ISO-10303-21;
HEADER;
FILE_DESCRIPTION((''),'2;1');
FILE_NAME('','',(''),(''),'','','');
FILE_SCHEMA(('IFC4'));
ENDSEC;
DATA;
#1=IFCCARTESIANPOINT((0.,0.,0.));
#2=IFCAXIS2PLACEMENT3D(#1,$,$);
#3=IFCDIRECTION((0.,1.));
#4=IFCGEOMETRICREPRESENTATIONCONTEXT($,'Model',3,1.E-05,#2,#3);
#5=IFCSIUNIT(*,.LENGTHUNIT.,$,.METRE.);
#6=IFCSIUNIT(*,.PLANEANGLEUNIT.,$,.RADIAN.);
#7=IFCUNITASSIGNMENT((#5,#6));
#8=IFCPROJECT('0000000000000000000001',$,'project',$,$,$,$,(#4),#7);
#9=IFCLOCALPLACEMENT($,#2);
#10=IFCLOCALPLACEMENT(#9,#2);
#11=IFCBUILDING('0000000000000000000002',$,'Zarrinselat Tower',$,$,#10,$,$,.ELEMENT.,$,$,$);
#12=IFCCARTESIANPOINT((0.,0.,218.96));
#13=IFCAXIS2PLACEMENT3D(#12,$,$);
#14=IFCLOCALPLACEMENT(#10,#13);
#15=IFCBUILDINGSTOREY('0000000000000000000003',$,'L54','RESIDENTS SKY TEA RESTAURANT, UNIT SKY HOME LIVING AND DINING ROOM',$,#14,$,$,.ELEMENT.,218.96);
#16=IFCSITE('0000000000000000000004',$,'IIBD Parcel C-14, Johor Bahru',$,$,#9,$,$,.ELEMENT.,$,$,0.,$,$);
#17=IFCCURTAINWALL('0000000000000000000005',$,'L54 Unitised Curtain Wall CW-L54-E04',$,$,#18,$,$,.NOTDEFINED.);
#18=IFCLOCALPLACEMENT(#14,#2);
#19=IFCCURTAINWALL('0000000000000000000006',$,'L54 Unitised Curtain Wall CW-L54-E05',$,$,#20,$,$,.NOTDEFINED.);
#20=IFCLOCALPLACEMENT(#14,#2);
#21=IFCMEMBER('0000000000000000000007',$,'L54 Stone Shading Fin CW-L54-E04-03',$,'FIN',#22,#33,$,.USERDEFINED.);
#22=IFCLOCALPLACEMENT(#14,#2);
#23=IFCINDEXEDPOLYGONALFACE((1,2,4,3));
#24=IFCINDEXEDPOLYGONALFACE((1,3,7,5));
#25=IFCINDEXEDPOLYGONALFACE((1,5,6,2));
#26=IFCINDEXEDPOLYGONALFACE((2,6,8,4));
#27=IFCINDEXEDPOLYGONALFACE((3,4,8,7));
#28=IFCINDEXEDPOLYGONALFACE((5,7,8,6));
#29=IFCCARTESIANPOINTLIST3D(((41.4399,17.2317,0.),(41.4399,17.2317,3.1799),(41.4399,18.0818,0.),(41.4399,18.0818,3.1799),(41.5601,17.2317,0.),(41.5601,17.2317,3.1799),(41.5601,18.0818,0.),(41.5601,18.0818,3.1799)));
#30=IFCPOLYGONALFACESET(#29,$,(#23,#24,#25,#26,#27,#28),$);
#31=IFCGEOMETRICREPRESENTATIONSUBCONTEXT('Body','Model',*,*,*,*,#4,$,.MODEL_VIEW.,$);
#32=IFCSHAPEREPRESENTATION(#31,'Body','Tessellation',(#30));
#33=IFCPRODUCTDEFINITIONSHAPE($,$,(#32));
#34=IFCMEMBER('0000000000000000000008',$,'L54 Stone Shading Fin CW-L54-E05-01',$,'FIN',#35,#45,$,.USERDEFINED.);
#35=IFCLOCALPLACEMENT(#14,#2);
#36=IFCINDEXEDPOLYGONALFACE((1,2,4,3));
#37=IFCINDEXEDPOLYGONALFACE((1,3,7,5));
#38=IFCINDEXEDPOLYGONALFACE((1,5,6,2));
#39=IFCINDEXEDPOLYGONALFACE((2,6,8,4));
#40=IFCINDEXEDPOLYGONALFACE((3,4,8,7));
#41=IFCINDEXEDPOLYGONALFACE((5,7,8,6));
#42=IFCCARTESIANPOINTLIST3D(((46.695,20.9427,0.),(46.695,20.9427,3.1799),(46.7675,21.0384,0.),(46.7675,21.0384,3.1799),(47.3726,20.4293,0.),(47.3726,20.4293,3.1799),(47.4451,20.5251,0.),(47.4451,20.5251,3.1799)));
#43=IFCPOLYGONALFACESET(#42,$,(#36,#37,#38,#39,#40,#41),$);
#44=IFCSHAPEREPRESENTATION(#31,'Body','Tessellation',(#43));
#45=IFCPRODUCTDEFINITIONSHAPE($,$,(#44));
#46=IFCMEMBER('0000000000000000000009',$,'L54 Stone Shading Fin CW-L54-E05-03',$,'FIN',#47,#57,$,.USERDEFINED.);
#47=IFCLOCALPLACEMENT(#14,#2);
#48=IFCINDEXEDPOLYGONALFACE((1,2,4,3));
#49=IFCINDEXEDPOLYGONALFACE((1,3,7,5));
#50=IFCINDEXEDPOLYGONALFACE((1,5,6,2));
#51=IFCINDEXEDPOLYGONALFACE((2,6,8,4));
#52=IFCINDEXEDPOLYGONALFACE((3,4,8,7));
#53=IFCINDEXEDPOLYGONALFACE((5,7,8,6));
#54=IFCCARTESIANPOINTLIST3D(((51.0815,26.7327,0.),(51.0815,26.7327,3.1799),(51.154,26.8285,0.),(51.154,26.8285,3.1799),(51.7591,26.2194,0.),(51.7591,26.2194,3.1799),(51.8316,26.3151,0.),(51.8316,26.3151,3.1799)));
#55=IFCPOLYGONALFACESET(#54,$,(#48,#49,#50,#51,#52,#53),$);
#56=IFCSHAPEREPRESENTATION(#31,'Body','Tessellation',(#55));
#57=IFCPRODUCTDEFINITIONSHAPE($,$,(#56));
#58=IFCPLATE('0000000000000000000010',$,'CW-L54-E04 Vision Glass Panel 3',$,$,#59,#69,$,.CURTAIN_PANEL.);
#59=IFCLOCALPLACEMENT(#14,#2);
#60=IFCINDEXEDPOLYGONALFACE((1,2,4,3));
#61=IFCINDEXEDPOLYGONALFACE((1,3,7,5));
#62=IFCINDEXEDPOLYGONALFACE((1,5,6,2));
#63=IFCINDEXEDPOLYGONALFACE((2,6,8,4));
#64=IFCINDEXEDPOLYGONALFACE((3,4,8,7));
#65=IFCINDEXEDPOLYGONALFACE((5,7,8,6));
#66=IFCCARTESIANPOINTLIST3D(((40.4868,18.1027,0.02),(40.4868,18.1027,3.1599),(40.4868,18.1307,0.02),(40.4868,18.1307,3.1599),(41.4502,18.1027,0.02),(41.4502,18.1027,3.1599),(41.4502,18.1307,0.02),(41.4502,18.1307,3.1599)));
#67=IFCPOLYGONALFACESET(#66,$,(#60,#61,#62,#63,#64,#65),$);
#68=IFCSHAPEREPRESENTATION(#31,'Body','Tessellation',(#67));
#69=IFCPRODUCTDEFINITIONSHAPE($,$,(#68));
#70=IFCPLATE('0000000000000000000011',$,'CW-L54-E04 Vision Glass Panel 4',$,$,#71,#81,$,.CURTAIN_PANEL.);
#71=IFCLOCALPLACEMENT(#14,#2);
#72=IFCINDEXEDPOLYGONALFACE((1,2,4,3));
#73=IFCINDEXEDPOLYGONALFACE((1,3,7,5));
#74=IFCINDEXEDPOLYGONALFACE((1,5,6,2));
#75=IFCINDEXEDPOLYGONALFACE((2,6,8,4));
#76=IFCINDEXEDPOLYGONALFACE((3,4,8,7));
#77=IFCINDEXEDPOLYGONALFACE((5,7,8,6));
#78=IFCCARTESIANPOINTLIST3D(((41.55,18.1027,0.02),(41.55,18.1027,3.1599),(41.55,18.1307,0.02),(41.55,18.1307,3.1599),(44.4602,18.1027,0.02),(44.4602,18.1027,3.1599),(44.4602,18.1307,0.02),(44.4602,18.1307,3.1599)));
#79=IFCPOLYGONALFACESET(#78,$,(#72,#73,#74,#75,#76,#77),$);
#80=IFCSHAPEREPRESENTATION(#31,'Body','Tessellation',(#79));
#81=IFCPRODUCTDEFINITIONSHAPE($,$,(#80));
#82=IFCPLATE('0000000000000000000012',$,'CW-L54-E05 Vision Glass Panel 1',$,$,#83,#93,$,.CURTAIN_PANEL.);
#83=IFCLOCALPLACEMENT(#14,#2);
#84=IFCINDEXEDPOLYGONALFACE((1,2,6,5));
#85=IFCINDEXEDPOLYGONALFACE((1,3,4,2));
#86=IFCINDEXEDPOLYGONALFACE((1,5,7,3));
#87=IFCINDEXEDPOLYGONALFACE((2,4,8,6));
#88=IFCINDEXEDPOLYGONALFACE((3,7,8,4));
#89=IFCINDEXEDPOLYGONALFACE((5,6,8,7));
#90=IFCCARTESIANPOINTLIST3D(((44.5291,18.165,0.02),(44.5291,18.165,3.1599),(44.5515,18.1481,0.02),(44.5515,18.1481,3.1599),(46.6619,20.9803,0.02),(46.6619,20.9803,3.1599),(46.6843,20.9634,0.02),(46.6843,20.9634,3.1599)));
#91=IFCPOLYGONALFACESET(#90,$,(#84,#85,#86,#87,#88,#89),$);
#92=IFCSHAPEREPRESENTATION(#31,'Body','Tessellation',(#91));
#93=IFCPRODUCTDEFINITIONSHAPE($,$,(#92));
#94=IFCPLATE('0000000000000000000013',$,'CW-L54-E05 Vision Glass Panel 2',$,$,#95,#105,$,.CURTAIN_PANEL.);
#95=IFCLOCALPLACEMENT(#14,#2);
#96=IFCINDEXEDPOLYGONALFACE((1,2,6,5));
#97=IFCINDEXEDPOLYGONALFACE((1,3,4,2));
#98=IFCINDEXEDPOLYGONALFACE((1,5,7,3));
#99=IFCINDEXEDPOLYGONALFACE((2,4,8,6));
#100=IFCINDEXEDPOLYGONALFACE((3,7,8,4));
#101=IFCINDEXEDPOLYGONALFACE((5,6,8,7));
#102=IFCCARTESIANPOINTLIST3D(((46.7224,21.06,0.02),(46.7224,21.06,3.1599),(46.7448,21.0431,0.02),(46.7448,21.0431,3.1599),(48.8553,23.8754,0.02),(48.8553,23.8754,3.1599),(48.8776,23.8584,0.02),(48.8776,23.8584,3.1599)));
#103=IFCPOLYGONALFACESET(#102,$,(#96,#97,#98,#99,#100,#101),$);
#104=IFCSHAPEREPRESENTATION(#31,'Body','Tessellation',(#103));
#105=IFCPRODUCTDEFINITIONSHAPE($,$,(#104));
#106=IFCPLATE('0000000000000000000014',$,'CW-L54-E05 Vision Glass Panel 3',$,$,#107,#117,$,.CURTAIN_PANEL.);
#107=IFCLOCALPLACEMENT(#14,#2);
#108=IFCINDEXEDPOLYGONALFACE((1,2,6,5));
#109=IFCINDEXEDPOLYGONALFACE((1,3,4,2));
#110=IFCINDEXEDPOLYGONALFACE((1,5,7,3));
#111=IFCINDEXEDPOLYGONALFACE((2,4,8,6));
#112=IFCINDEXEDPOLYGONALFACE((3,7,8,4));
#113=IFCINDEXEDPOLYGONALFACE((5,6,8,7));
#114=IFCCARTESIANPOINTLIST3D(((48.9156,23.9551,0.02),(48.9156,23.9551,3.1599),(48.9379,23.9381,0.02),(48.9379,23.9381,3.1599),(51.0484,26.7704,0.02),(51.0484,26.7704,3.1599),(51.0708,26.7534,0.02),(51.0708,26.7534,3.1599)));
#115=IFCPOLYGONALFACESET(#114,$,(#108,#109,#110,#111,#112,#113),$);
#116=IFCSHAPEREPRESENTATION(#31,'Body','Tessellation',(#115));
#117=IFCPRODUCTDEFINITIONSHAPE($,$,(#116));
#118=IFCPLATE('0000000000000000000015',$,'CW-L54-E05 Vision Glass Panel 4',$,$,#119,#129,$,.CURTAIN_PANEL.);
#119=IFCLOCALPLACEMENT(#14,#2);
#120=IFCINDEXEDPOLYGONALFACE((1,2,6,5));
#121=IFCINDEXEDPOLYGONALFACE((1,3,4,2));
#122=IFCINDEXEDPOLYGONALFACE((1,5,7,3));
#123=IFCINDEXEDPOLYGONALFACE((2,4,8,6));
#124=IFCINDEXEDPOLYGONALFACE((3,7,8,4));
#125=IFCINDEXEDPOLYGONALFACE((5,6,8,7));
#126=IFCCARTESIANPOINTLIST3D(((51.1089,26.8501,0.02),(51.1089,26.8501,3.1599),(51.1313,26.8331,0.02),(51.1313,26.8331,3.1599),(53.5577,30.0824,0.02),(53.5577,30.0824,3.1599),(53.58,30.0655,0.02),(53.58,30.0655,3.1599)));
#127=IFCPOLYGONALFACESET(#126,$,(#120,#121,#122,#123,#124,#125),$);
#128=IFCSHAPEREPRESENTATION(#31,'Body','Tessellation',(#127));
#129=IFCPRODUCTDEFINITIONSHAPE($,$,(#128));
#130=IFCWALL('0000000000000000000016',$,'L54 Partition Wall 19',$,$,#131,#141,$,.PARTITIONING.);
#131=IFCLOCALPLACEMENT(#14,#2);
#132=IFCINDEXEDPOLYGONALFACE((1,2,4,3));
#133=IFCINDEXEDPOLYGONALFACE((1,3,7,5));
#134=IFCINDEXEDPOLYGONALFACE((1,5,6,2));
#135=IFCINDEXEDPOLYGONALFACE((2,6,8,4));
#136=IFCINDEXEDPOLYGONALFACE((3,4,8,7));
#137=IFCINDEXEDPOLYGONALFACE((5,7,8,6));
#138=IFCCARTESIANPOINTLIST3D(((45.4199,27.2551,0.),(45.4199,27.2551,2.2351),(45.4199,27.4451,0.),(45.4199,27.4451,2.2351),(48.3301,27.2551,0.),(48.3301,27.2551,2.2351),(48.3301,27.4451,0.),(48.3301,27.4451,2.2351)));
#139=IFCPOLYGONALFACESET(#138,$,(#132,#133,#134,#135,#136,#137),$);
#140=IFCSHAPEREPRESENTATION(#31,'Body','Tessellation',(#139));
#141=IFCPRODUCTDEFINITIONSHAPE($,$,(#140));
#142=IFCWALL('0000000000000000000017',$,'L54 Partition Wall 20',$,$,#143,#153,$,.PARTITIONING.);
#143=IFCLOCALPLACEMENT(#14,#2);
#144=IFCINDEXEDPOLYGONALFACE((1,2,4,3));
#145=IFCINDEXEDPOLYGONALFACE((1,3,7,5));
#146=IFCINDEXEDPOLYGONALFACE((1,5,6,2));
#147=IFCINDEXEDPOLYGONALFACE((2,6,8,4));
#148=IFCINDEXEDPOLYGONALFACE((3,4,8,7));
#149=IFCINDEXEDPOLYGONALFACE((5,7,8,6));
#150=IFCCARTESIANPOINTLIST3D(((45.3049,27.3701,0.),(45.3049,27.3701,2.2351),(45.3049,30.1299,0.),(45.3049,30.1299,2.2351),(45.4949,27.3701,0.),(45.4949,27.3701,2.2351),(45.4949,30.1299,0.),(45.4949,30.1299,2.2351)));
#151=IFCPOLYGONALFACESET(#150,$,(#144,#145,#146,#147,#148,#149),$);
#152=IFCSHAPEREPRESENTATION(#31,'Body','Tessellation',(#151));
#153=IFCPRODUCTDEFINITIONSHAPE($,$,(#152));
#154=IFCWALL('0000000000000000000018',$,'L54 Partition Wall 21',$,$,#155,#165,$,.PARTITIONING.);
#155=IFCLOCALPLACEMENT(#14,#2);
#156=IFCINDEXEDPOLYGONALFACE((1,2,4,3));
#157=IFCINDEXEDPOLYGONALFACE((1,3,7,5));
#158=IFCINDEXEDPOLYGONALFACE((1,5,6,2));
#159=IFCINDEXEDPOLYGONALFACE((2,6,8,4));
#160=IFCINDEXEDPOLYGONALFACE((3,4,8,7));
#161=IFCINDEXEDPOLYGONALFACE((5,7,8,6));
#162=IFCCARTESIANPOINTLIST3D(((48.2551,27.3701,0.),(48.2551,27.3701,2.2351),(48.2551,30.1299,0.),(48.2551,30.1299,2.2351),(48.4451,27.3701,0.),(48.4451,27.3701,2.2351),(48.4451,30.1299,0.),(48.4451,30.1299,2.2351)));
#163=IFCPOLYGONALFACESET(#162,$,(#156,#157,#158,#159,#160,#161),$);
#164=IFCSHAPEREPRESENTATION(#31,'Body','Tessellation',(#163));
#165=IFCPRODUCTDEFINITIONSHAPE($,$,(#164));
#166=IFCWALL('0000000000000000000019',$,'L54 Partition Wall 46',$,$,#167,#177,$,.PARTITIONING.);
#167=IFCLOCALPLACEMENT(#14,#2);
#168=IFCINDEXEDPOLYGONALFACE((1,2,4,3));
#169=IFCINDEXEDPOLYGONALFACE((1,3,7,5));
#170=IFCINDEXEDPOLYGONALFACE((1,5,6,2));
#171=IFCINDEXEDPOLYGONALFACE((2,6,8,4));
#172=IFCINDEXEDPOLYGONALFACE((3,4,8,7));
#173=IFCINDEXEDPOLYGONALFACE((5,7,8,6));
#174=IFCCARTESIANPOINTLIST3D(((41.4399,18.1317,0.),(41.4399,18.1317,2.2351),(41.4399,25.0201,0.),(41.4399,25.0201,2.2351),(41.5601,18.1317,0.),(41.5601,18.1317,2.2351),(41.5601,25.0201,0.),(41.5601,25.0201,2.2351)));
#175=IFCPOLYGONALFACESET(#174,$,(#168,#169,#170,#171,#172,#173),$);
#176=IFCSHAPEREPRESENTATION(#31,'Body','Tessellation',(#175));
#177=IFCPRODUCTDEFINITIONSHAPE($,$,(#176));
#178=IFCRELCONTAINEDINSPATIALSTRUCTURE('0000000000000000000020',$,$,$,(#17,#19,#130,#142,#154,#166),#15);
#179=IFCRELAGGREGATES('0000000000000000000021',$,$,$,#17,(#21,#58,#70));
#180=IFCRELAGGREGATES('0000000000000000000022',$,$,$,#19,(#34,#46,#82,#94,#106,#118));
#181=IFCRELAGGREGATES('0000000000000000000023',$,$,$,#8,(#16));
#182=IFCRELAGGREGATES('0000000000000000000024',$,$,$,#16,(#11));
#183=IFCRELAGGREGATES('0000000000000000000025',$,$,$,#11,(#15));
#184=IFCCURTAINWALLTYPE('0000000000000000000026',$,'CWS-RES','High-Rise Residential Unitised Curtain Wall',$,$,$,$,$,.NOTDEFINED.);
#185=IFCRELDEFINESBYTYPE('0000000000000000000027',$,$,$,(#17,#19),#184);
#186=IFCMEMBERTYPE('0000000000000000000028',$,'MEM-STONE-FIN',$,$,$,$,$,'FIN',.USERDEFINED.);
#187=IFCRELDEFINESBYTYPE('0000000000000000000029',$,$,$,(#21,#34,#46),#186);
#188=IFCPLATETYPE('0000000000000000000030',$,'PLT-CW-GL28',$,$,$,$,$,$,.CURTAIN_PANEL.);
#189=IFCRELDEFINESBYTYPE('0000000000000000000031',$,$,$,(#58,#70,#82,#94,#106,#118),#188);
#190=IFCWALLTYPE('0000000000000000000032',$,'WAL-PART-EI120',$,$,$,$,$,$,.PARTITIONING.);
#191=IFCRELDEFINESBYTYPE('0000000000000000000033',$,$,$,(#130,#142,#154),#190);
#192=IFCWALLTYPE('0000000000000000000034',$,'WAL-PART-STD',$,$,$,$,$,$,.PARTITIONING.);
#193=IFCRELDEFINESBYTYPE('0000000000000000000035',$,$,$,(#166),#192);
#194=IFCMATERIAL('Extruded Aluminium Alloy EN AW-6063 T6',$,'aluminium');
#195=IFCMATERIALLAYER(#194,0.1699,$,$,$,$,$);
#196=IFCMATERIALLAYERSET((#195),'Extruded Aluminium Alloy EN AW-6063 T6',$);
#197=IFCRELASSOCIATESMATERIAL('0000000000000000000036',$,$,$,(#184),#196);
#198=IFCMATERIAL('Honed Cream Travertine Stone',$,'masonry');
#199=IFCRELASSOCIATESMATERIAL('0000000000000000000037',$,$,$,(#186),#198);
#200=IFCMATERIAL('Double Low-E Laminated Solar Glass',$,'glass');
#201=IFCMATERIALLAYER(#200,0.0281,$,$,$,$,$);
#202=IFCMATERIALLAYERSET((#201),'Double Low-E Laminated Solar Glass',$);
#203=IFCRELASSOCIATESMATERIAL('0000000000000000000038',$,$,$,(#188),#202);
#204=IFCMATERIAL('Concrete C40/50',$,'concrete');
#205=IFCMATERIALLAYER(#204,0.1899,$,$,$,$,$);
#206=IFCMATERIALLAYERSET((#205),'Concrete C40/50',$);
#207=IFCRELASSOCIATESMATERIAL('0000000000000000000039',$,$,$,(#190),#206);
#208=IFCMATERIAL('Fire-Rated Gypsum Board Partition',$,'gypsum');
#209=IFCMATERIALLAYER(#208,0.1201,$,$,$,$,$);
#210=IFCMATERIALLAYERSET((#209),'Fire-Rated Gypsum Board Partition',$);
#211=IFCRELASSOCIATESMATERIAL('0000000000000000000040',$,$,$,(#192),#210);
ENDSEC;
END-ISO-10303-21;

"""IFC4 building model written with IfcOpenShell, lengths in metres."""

from ifc_helpers import new_model, si_unit, direction, frame, frame_2d, origin, origin_2d, place, context, subcontext, project, spatial, rectangle, extrude, material, layer, layer_set, material_profile, profile_set, type_object, element, aggregate, save


model = new_model("IFC4")

# Units and contexts
model_context = context("Model", 3, precision=1e-05, world=origin(), true_north=direction((0.0, 1.0)))
body_context = subcontext(model_context, "Body", "Model", "MODEL_VIEW")
ifc_project = project(units=[si_unit("LENGTHUNIT", "METRE"), si_unit("PLANEANGLEUNIT", "RADIAN")], contexts=[model_context])

# Site, building, storey
site_placement = place(None, origin())
site = spatial("IfcSite", under=ifc_project, at=site_placement, Name="IIBD Parcel C-14, Johor Bahru", CompositionType="ELEMENT", RefElevation=0.0)
building_placement = place(site_placement, origin())
building = spatial("IfcBuilding", under=site, at=building_placement, Name="Zarrinselat Tower", CompositionType="ELEMENT")
storey_placement = place(building_placement, frame((0.0, 0.0, 218.96)))
storey = spatial("IfcBuildingStorey", under=building, at=storey_placement, Name="L54", Description="RESIDENTS SKY TEA RESTAURANT, UNIT SKY HOME LIVING AND DINING ROOM", CompositionType="ELEMENT", Elevation=218.96)

# Curtain walls
ifc_material_1 = material(Name="Extruded Aluminium Alloy EN AW-6063 T6", Category="aluminium")
ifc_layer_1 = layer(ifc_material_1, 0.1699)
ifc_layer_set_1 = layer_set([ifc_layer_1], Name="Extruded Aluminium Alloy EN AW-6063 T6")
curtain_wall_type = type_object("IfcCurtainWallType", Name="CWS-RES", Description="High-Rise Residential Unitised Curtain Wall", PredefinedType="NOTDEFINED", material=ifc_layer_set_1)
curtain_wall_1_placement = place(storey_placement, origin())
curtain_wall_1 = element("IfcCurtainWall", 1, at=curtain_wall_1_placement, inside=storey, type_object=curtain_wall_type, Name="L54 Unitised Curtain Wall CW-L54-E04", PredefinedType="NOTDEFINED")
curtain_wall_2_placement = place(storey_placement, origin())
curtain_wall_2 = element("IfcCurtainWall", 2, at=curtain_wall_2_placement, inside=storey, type_object=curtain_wall_type, Name="L54 Unitised Curtain Wall CW-L54-E05", PredefinedType="NOTDEFINED")

# Members
ifc_material_2 = material(Name="Honed Cream Travertine Stone", Category="masonry")
ifc_material_profile_1 = material_profile(ifc_material_2, rectangle(XDim=0.1201, YDim=0.8501, at=origin_2d()), Name="FIN 850x120")
ifc_profile_set_1 = profile_set([ifc_material_profile_1], Name="Honed Cream Travertine Stone")
member_type_1 = type_object("IfcMemberType", Name="MEM-STONE-FIN", ElementType="FIN", PredefinedType="USERDEFINED", material=ifc_profile_set_1)
member_1_placement = place(storey_placement, frame((41.5, 17.6567, 0.0), z_axis=(0.0, 0.0, 1.0), x_axis=(-1.0, 0.0, 0.0)))
member_1 = element("IfcMember", 3, at=member_1_placement, type_object=member_type_1, Name="L54 Stone Shading Fin CW-L54-E04-03", ObjectType="FIN", PredefinedType="USERDEFINED", context=body_context, shape_type="SweptSolid", body=[
    extrude(rectangle(XDim=0.1201, YDim=0.8501, at=origin_2d()), origin(), (0.0, 0.0, 1.0), 3.1799),
])
member_2_placement = place(storey_placement, frame((47.0701, 20.7339, 0.0), z_axis=(0.0, 0.0, 1.0), x_axis=(-0.603859, -0.797091, 0.0)))
member_2 = element("IfcMember", 4, at=member_2_placement, type_object=member_type_1, Name="L54 Stone Shading Fin CW-L54-E05-01", ObjectType="FIN", PredefinedType="USERDEFINED", context=body_context, shape_type="SweptSolid", body=[
    extrude(rectangle(XDim=0.1201, YDim=0.8501, at=origin_2d()), origin(), (0.0, 0.0, 1.0), 3.1799),
])
member_3_placement = place(storey_placement, frame((51.4565, 26.5239, 0.0), z_axis=(0.0, 0.0, 1.0), x_axis=(-0.603859, -0.797091, 0.0)))
member_3 = element("IfcMember", 5, at=member_3_placement, type_object=member_type_1, Name="L54 Stone Shading Fin CW-L54-E05-03", ObjectType="FIN", PredefinedType="USERDEFINED", context=body_context, shape_type="SweptSolid", body=[
    extrude(rectangle(XDim=0.1201, YDim=0.8501, at=origin_2d()), origin(), (0.0, 0.0, 1.0), 3.1799),
])

# Plates
ifc_material_3 = material(Name="Double Low-E Laminated Solar Glass", Category="glass")
ifc_layer_2 = layer(ifc_material_3, 0.0281)
ifc_layer_set_2 = layer_set([ifc_layer_2], Name="Double Low-E Laminated Solar Glass")
plate_type = type_object("IfcPlateType", Name="PLT-CW-GL28", PredefinedType="CURTAIN_PANEL", material=ifc_layer_set_2)
plate_1_placement = place(storey_placement, frame((40.9685, 18.1167, 0.02), z_axis=(0.0, 0.0, 1.0), x_axis=(1.0, 0.0, 0.0)))
plate_1 = element("IfcPlate", 6, at=plate_1_placement, type_object=plate_type, Name="CW-L54-E04 Vision Glass Panel 3", PredefinedType="CURTAIN_PANEL", context=body_context, shape_type="SweptSolid", body=[
    extrude(rectangle(XDim=0.9634, YDim=0.0281, at=origin_2d()), origin(), (0.0, 0.0, 1.0), 3.1399),
])
plate_2_placement = place(storey_placement, frame((43.0051, 18.1167, 0.02), z_axis=(0.0, 0.0, 1.0), x_axis=(1.0, 0.0, 0.0)))
plate_2 = element("IfcPlate", 7, at=plate_2_placement, type_object=plate_type, Name="CW-L54-E04 Vision Glass Panel 4", PredefinedType="CURTAIN_PANEL", context=body_context, shape_type="SweptSolid", body=[
    extrude(rectangle(XDim=2.9102, YDim=0.0281, at=origin_2d()), origin(), (0.0, 0.0, 1.0), 3.1399),
])
aggregate(curtain_wall_1, [member_1, plate_1, plate_2])
plate_3_placement = place(storey_placement, frame((45.6067, 19.5642, 0.02), z_axis=(0.0, 0.0, 1.0), x_axis=(0.603859, 0.797091, 0.0)))
plate_3 = element("IfcPlate", 8, at=plate_3_placement, type_object=plate_type, Name="CW-L54-E05 Vision Glass Panel 1", PredefinedType="CURTAIN_PANEL", context=body_context, shape_type="SweptSolid", body=[
    extrude(rectangle(XDim=3.532, YDim=0.0281, at=origin_2d()), origin(), (0.0, 0.0, 1.0), 3.1399),
])
plate_4_placement = place(storey_placement, frame((47.8, 22.4592, 0.02), z_axis=(0.0, 0.0, 1.0), x_axis=(0.603859, 0.797091, 0.0)))
plate_4 = element("IfcPlate", 9, at=plate_4_placement, type_object=plate_type, Name="CW-L54-E05 Vision Glass Panel 2", PredefinedType="CURTAIN_PANEL", context=body_context, shape_type="SweptSolid", body=[
    extrude(rectangle(XDim=3.532, YDim=0.0281, at=origin_2d()), origin(), (0.0, 0.0, 1.0), 3.1399),
])
plate_5_placement = place(storey_placement, frame((49.9932, 25.3542, 0.02), z_axis=(0.0, 0.0, 1.0), x_axis=(0.603859, 0.797091, 0.0)))
plate_5 = element("IfcPlate", 10, at=plate_5_placement, type_object=plate_type, Name="CW-L54-E05 Vision Glass Panel 3", PredefinedType="CURTAIN_PANEL", context=body_context, shape_type="SweptSolid", body=[
    extrude(rectangle(XDim=3.532, YDim=0.0281, at=origin_2d()), origin(), (0.0, 0.0, 1.0), 3.1399),
])
plate_6_placement = place(storey_placement, frame((52.3445, 28.4578, 0.02), z_axis=(0.0, 0.0, 1.0), x_axis=(0.603859, 0.797091, 0.0)))
plate_6 = element("IfcPlate", 11, at=plate_6_placement, type_object=plate_type, Name="CW-L54-E05 Vision Glass Panel 4", PredefinedType="CURTAIN_PANEL", context=body_context, shape_type="SweptSolid", body=[
    extrude(rectangle(XDim=4.0552, YDim=0.0281, at=origin_2d()), origin(), (0.0, 0.0, 1.0), 3.1399),
])
aggregate(curtain_wall_2, [member_2, member_3, plate_3, plate_4, plate_5, plate_6])

# Walls
ifc_material_4 = material(Name="Concrete C40/50", Category="concrete")
ifc_layer_3 = layer(ifc_material_4, 0.1899)
ifc_layer_set_3 = layer_set([ifc_layer_3], Name="Concrete C40/50")
wall_type_1 = type_object("IfcWallType", Name="WAL-PART-EI120", PredefinedType="PARTITIONING", material=ifc_layer_set_3)
wall_1_placement = place(storey_placement, frame((45.4199, 27.3501, 0.0), z_axis=(0.0, 0.0, 1.0), x_axis=(1.0, 0.0, 0.0)))
element("IfcWall", 12, at=wall_1_placement, inside=storey, type_object=wall_type_1, Name="L54 Partition Wall 19", PredefinedType="PARTITIONING", context=body_context, shape_type="SweptSolid", body=[
    extrude(rectangle(XDim=2.9102, YDim=0.1899, at=frame_2d((1.4551, 0.0))), origin(), (0.0, 0.0, 1.0), 2.2351),
])
for number, where, z_axis, x_axis, name in (
    (13, (45.3999, 27.3701, 0.0), (0.0, 0.0, 1.0), (0.0, 1.0, 0.0), "L54 Partition Wall 20"),
    (14, (48.3501, 27.3701, 0.0), (0.0, 0.0, 1.0), (0.0, 1.0, 0.0), "L54 Partition Wall 21"),
):
    element("IfcWall", number, at=place(storey_placement, frame(where, z_axis=z_axis, x_axis=x_axis)), inside=storey, type_object=wall_type_1, Name=name, PredefinedType="PARTITIONING", context=body_context, shape_type="SweptSolid", body=[
        extrude(rectangle(XDim=2.7598, YDim=0.1899, at=frame_2d((1.3799, 0.0))), origin(), (0.0, 0.0, 1.0), 2.2351),
    ])
ifc_material_5 = material(Name="Fire-Rated Gypsum Board Partition", Category="gypsum")
ifc_layer_4 = layer(ifc_material_5, 0.1201)
ifc_layer_set_4 = layer_set([ifc_layer_4], Name="Fire-Rated Gypsum Board Partition")
wall_type_2 = type_object("IfcWallType", Name="WAL-PART-STD", PredefinedType="PARTITIONING", material=ifc_layer_set_4)
wall_2_placement = place(storey_placement, frame((41.5, 18.1316, 0.0), z_axis=(0.0, 0.0, 1.0), x_axis=(0.0, 1.0, 0.0)))
element("IfcWall", 15, at=wall_2_placement, inside=storey, type_object=wall_type_2, Name="L54 Partition Wall 46", PredefinedType="PARTITIONING", context=body_context, shape_type="SweptSolid", body=[
    extrude(rectangle(XDim=6.8884, YDim=0.1201, at=frame_2d((3.4443, 0.0))), origin(), (0.0, 0.0, 1.0), 2.2351),
])

save(model, "model.ifc")
